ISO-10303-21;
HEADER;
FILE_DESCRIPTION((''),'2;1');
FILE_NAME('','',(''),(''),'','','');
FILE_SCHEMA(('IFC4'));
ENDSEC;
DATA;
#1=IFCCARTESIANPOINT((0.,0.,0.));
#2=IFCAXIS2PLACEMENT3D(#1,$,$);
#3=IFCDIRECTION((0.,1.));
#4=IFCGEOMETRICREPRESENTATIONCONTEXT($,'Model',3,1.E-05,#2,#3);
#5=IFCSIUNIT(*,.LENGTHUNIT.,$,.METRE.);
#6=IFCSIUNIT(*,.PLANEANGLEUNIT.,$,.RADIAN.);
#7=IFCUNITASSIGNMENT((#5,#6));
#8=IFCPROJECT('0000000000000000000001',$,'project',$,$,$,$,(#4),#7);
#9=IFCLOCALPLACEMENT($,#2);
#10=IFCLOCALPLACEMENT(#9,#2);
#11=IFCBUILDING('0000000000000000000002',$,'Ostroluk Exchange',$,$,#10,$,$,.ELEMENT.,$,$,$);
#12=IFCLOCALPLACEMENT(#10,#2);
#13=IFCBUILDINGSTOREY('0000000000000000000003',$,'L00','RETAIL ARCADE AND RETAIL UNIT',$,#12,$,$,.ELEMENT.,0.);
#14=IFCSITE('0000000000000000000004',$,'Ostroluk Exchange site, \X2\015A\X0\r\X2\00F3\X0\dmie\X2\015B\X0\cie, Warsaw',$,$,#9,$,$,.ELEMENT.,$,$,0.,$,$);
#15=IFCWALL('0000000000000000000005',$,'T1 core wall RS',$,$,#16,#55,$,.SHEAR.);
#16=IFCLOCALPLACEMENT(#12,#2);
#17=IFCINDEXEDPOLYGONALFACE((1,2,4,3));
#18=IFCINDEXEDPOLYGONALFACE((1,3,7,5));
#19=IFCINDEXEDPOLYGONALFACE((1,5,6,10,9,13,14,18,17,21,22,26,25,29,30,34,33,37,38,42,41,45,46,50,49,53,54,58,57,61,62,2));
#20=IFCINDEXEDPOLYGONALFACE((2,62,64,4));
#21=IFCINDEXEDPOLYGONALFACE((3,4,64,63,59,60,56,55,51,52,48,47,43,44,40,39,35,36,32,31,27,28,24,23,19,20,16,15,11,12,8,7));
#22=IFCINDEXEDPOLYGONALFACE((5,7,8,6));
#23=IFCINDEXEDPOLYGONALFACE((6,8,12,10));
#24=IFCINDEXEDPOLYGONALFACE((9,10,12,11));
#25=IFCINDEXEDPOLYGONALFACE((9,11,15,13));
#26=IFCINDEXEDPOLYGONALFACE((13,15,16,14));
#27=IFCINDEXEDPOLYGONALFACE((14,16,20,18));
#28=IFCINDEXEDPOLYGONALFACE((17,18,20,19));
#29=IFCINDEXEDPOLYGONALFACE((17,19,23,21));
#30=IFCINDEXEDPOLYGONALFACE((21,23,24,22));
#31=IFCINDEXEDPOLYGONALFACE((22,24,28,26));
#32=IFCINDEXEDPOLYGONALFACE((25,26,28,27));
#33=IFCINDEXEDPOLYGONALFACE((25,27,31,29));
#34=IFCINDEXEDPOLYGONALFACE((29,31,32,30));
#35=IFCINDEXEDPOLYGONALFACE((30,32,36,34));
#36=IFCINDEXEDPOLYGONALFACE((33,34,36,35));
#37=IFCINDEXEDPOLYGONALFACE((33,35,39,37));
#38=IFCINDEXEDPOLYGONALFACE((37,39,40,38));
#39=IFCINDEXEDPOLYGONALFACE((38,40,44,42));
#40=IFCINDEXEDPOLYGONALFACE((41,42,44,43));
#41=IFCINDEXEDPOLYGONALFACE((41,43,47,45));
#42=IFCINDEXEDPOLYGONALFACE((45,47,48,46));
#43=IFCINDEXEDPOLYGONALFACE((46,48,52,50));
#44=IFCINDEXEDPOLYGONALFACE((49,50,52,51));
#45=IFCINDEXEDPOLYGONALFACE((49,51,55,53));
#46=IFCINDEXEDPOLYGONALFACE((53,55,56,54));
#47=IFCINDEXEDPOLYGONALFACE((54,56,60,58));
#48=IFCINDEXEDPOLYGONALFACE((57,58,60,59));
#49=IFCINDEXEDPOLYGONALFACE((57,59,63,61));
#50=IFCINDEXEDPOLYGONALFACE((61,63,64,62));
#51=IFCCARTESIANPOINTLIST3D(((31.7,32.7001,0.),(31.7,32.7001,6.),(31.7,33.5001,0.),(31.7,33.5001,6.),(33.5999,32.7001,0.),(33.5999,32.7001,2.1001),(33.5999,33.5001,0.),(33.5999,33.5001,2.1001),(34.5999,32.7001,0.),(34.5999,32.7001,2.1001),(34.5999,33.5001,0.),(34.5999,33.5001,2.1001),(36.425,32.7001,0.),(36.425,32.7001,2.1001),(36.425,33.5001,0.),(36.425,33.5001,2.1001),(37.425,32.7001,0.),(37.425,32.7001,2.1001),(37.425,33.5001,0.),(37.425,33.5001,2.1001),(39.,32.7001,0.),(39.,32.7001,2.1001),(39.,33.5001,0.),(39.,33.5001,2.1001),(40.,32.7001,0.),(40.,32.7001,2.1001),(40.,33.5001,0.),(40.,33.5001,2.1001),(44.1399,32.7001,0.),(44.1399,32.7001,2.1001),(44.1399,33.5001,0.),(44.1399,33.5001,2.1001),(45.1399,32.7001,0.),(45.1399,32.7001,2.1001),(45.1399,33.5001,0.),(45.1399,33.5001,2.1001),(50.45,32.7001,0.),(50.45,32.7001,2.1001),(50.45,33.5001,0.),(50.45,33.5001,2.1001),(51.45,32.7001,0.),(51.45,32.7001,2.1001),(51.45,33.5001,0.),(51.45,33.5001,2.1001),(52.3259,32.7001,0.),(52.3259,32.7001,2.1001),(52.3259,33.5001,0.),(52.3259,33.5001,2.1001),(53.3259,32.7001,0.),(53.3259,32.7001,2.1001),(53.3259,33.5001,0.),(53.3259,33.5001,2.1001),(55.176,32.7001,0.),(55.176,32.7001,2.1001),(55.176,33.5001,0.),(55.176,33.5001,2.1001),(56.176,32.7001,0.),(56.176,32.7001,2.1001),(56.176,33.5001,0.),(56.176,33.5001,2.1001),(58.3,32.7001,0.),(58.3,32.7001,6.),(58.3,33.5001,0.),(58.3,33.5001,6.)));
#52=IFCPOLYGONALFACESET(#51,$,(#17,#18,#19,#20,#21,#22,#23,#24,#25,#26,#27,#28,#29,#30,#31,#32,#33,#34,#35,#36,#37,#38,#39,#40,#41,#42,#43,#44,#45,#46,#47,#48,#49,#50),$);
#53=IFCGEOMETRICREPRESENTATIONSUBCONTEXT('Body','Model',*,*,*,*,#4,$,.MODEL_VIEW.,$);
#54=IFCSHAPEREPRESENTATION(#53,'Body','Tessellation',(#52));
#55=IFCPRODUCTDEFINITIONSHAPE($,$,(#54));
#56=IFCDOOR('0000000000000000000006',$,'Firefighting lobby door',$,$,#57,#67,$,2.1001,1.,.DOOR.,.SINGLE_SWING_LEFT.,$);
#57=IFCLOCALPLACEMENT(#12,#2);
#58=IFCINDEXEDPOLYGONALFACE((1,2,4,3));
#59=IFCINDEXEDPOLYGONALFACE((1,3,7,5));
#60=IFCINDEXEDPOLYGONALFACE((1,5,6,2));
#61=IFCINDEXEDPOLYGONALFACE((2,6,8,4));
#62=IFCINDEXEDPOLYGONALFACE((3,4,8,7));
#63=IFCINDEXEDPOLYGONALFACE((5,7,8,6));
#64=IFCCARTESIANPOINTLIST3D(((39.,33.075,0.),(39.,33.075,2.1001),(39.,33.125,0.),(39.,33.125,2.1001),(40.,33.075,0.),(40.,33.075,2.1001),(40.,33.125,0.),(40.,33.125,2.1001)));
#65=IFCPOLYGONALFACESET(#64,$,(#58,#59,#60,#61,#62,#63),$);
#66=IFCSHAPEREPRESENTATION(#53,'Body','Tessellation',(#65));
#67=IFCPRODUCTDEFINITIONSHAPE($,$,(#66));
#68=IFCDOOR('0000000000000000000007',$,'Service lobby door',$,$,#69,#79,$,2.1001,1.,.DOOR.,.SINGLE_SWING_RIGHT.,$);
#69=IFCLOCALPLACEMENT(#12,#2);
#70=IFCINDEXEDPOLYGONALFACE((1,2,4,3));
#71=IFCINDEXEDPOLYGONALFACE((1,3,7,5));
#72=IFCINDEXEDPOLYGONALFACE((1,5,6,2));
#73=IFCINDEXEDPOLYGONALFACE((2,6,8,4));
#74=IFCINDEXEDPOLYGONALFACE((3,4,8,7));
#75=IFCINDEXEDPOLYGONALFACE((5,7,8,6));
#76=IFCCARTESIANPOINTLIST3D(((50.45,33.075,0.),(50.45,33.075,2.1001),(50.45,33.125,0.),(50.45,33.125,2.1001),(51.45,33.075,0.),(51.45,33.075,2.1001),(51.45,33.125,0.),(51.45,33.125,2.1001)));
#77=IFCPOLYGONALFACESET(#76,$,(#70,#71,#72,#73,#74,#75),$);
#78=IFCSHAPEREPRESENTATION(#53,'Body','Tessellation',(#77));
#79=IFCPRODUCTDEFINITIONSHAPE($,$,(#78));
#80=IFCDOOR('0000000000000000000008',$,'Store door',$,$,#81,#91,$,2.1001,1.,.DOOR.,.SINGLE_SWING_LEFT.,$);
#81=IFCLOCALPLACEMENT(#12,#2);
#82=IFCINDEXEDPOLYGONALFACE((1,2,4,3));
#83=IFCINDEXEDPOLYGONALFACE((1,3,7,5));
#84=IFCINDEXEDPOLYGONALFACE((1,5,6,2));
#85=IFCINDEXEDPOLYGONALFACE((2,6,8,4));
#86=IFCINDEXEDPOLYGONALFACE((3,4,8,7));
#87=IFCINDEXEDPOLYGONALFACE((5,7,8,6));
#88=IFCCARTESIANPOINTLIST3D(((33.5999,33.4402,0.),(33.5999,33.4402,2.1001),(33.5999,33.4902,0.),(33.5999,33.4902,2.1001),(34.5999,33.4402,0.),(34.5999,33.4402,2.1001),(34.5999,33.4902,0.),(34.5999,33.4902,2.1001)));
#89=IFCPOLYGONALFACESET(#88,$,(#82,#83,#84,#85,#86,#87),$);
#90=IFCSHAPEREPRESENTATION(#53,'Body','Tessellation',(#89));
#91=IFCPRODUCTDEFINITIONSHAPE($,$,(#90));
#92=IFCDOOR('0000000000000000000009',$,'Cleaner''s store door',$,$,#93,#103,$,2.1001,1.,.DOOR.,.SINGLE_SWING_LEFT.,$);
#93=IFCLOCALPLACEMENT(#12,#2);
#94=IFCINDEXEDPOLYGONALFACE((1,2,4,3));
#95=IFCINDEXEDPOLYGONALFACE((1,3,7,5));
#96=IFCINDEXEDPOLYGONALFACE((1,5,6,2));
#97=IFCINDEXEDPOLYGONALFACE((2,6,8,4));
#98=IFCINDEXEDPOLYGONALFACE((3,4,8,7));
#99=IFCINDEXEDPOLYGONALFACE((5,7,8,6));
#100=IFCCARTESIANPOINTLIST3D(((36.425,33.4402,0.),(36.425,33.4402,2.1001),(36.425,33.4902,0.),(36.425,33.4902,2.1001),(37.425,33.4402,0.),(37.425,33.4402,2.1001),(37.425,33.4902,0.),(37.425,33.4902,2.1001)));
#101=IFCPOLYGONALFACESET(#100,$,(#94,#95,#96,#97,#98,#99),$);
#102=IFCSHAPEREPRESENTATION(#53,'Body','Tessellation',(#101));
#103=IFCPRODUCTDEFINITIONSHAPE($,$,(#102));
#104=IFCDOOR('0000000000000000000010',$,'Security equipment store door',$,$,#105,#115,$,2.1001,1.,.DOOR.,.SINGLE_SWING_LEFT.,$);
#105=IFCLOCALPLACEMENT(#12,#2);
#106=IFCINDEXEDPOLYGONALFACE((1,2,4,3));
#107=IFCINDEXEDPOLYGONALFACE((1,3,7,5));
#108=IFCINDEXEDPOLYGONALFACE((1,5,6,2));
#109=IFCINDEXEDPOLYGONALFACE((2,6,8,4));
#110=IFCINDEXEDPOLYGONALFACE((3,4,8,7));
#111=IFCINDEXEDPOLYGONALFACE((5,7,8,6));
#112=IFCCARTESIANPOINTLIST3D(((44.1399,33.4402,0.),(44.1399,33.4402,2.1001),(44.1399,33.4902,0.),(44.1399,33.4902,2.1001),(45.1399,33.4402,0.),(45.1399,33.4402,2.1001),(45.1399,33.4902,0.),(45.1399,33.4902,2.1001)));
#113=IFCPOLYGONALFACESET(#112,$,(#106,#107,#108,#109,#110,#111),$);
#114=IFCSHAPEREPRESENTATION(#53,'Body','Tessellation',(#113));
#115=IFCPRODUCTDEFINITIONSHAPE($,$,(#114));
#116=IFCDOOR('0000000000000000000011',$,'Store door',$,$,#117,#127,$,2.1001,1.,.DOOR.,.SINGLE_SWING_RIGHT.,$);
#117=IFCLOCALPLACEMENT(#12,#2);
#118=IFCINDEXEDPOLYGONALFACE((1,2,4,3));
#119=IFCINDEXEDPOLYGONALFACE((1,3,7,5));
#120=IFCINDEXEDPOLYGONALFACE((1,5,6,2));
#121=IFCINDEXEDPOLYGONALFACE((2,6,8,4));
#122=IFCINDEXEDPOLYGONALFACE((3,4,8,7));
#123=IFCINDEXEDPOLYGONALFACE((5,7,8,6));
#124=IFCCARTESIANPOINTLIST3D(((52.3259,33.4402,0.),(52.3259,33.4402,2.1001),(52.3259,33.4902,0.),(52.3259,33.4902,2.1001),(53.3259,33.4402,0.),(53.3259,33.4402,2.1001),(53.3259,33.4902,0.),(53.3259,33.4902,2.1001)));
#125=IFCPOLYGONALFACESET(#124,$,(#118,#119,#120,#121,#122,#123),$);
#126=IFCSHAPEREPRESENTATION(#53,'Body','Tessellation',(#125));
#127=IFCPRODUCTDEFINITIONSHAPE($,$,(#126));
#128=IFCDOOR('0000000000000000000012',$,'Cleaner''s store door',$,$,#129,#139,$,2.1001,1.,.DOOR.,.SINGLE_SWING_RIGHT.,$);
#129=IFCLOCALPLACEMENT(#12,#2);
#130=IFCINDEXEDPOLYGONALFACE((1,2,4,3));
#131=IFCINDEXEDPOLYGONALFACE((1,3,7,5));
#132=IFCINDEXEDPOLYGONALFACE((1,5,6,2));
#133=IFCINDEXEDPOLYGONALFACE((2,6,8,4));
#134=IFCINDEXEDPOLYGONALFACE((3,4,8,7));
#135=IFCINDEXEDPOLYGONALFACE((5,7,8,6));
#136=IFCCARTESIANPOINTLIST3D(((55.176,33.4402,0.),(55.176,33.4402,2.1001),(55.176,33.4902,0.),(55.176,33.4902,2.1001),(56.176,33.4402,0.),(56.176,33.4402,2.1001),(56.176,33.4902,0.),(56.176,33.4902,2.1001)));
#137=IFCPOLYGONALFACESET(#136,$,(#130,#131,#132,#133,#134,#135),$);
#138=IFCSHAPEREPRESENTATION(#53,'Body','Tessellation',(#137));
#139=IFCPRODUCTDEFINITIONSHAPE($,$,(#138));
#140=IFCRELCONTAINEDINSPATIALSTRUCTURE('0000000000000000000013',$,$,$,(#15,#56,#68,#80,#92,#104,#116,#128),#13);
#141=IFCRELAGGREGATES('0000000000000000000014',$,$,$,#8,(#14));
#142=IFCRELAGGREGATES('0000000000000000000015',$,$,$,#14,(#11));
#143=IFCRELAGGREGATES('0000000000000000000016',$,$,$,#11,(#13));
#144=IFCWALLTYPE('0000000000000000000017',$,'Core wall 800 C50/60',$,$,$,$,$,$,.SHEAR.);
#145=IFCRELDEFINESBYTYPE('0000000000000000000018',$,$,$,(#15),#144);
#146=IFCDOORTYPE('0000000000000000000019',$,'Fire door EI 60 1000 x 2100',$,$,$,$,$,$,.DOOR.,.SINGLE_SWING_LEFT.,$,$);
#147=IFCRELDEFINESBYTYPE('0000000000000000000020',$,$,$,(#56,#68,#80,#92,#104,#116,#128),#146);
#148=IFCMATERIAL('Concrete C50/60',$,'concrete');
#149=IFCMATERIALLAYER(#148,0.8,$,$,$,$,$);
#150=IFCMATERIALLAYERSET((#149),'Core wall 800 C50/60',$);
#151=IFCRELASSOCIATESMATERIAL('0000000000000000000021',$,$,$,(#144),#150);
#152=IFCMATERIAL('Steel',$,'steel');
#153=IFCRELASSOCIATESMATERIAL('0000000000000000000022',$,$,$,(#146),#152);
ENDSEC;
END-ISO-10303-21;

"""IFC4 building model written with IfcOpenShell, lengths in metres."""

from ifc_helpers import new_model, si_unit, direction, frame, frame_2d, origin, place, context, subcontext, project, spatial, rectangle, extrude, material, layer, layer_set, type_object, element, fill, save


model = new_model("IFC4")

# Units and contexts
model_context = context("Model", 3, precision=1e-05, world=origin(), true_north=direction((0.0, 1.0)))
body_context = subcontext(model_context, "Body", "Model", "MODEL_VIEW")
ifc_project = project(units=[si_unit("LENGTHUNIT", "METRE"), si_unit("PLANEANGLEUNIT", "RADIAN")], contexts=[model_context])

# Site, building, storey
site_placement = place(None, origin())
site = spatial("IfcSite", under=ifc_project, at=site_placement, Name="Ostroluk Exchange site, Śródmieście, Warsaw", CompositionType="ELEMENT", RefElevation=0.0)
building_placement = place(site_placement, origin())
building = spatial("IfcBuilding", under=site, at=building_placement, Name="Ostroluk Exchange", CompositionType="ELEMENT")
storey_placement = place(building_placement, origin())
storey = spatial("IfcBuildingStorey", under=building, at=storey_placement, Name="L00", Description="RETAIL ARCADE AND RETAIL UNIT", CompositionType="ELEMENT", Elevation=0.0)

# Wall, openings, doors
ifc_material_1 = material(Name="Concrete C50/60", Category="concrete")
ifc_layer = layer(ifc_material_1, 0.8)
ifc_layer_set = layer_set([ifc_layer], Name="Core wall 800 C50/60")
wall_type = type_object("IfcWallType", Name="Core wall 800 C50/60", PredefinedType="SHEAR", material=ifc_layer_set)
wall_1_placement = place(storey_placement, frame((31.7, 33.1001, 0.0), z_axis=(0.0, 0.0, 1.0), x_axis=(1.0, 0.0, 0.0)))
wall_1 = element("IfcWall", 1, at=wall_1_placement, inside=storey, type_object=wall_type, Name="T1 core wall RS", PredefinedType="SHEAR", context=body_context, shape_type="SweptSolid", body=[
    extrude(rectangle(XDim=26.6001, YDim=0.8, at=frame_2d((13.3, 0.0))), origin(), (0.0, 0.0, 1.0), 6.0),
])
opening_1_placement = place(wall_1_placement, frame((7.3, 0.0, 0.0)))
opening_1 = element("IfcOpeningElement", 2, at=opening_1_placement, cuts=wall_1, PredefinedType="OPENING", context=body_context, shape_type="SweptSolid", body=[
    extrude(rectangle(XDim=1.0, YDim=2.1001, at=frame_2d((0.5, 1.05))), frame((0.0, 0.4099, 0.0), z_axis=(0.0, -1.0, 0.0), x_axis=(1.0, 0.0, 0.0)), (0.0, 0.0, 1.0), 0.8201),
])
opening_2_placement = place(wall_1_placement, frame((18.75, 0.0, 0.0)))
opening_2 = element("IfcOpeningElement", 3, at=opening_2_placement, cuts=wall_1, PredefinedType="OPENING", context=body_context, shape_type="SweptSolid", body=[
    extrude(rectangle(XDim=1.0, YDim=2.1001, at=frame_2d((0.5, 1.05))), frame((0.0, 0.4099, 0.0), z_axis=(0.0, -1.0, 0.0), x_axis=(1.0, 0.0, 0.0)), (0.0, 0.0, 1.0), 0.8201),
])
opening_3_placement = place(wall_1_placement, frame((1.8999, 0.0, 0.0)))
opening_3 = element("IfcOpeningElement", 4, at=opening_3_placement, cuts=wall_1, PredefinedType="OPENING", context=body_context, shape_type="SweptSolid", body=[
    extrude(rectangle(XDim=1.0, YDim=2.1001, at=frame_2d((0.5, 1.05))), frame((0.0, 0.4099, 0.0), z_axis=(0.0, -1.0, 0.0), x_axis=(1.0, 0.0, 0.0)), (0.0, 0.0, 1.0), 0.8201),
])
opening_4_placement = place(wall_1_placement, frame((4.7251, 0.0, 0.0)))
opening_4 = element("IfcOpeningElement", 5, at=opening_4_placement, cuts=wall_1, PredefinedType="OPENING", context=body_context, shape_type="SweptSolid", body=[
    extrude(rectangle(XDim=1.0, YDim=2.1001, at=frame_2d((0.5, 1.05))), frame((0.0, 0.4099, 0.0), z_axis=(0.0, -1.0, 0.0), x_axis=(1.0, 0.0, 0.0)), (0.0, 0.0, 1.0), 0.8201),
])
opening_5_placement = place(wall_1_placement, frame((12.4399, 0.0, 0.0)))
opening_5 = element("IfcOpeningElement", 6, at=opening_5_placement, cuts=wall_1, PredefinedType="OPENING", context=body_context, shape_type="SweptSolid", body=[
    extrude(rectangle(XDim=1.0, YDim=2.1001, at=frame_2d((0.5, 1.05))), frame((0.0, 0.4099, 0.0), z_axis=(0.0, -1.0, 0.0), x_axis=(1.0, 0.0, 0.0)), (0.0, 0.0, 1.0), 0.8201),
])
opening_6_placement = place(wall_1_placement, frame((20.626, 0.0, 0.0)))
opening_6 = element("IfcOpeningElement", 7, at=opening_6_placement, cuts=wall_1, PredefinedType="OPENING", context=body_context, shape_type="SweptSolid", body=[
    extrude(rectangle(XDim=1.0, YDim=2.1001, at=frame_2d((0.5, 1.05))), frame((0.0, 0.4099, 0.0), z_axis=(0.0, -1.0, 0.0), x_axis=(1.0, 0.0, 0.0)), (0.0, 0.0, 1.0), 0.8201),
])
opening_7_placement = place(wall_1_placement, frame((23.4761, 0.0, 0.0)))
opening_7 = element("IfcOpeningElement", 8, at=opening_7_placement, cuts=wall_1, PredefinedType="OPENING", context=body_context, shape_type="SweptSolid", body=[
    extrude(rectangle(XDim=1.0, YDim=2.1001, at=frame_2d((0.5, 1.05))), frame((0.0, 0.4099, 0.0), z_axis=(0.0, -1.0, 0.0), x_axis=(1.0, 0.0, 0.0)), (0.0, 0.0, 1.0), 0.8201),
])
ifc_material_2 = material(Name="Steel", Category="steel")
door_type_1 = type_object("IfcDoorType", Name="Fire door EI 60 1000 x 2100", OperationType="SINGLE_SWING_LEFT", PredefinedType="DOOR", material=ifc_material_2)
door_1_placement = place(opening_1_placement, origin())
door_1 = element("IfcDoor", 9, at=door_1_placement, inside=storey, type_object=door_type_1, Name="Firefighting lobby door", OperationType="SINGLE_SWING_LEFT", OverallHeight=2.1001, OverallWidth=1.0, PredefinedType="DOOR", context=body_context, shape_type="SweptSolid", body=[
    extrude(rectangle(XDim=1.0, YDim=2.1001, at=frame_2d((0.5, 1.05))), frame((0.0, 0.0249, 0.0), z_axis=(0.0, -1.0, 0.0), x_axis=(1.0, 0.0, 0.0)), (0.0, 0.0, 1.0), 0.05),
])
fill(opening_1, door_1)
door_2_placement = place(opening_2_placement, origin())
door_2 = element("IfcDoor", 10, at=door_2_placement, inside=storey, type_object=door_type_1, Name="Service lobby door", OperationType="SINGLE_SWING_RIGHT", OverallHeight=2.1001, OverallWidth=1.0, PredefinedType="DOOR", context=body_context, shape_type="SweptSolid", body=[
    extrude(rectangle(XDim=1.0, YDim=2.1001, at=frame_2d((0.5, 1.05))), frame((0.0, 0.0249, 0.0), z_axis=(0.0, -1.0, 0.0), x_axis=(1.0, 0.0, 0.0)), (0.0, 0.0, 1.0), 0.05),
])
fill(opening_2, door_2)
door_3_placement = place(opening_3_placement, origin())
door_3 = element("IfcDoor", 11, at=door_3_placement, inside=storey, type_object=door_type_1, Name="Store door", OperationType="SINGLE_SWING_LEFT", OverallHeight=2.1001, OverallWidth=1.0, PredefinedType="DOOR", context=body_context, shape_type="SweptSolid", body=[
    extrude(rectangle(XDim=1.0, YDim=2.1001, at=frame_2d((0.5, 1.05))), frame((0.0, 0.3901, 0.0), z_axis=(0.0, -1.0, 0.0), x_axis=(1.0, 0.0, 0.0)), (0.0, 0.0, 1.0), 0.05),
])
fill(opening_3, door_3)
door_4_placement = place(opening_4_placement, origin())
door_4 = element("IfcDoor", 12, at=door_4_placement, inside=storey, type_object=door_type_1, Name="Cleaner's store door", OperationType="SINGLE_SWING_LEFT", OverallHeight=2.1001, OverallWidth=1.0, PredefinedType="DOOR", context=body_context, shape_type="SweptSolid", body=[
    extrude(rectangle(XDim=1.0, YDim=2.1001, at=frame_2d((0.5, 1.05))), frame((0.0, 0.3901, 0.0), z_axis=(0.0, -1.0, 0.0), x_axis=(1.0, 0.0, 0.0)), (0.0, 0.0, 1.0), 0.05),
])
fill(opening_4, door_4)
door_5_placement = place(opening_5_placement, origin())
door_5 = element("IfcDoor", 13, at=door_5_placement, inside=storey, type_object=door_type_1, Name="Security equipment store door", OperationType="SINGLE_SWING_LEFT", OverallHeight=2.1001, OverallWidth=1.0, PredefinedType="DOOR", context=body_context, shape_type="SweptSolid", body=[
    extrude(rectangle(XDim=1.0, YDim=2.1001, at=frame_2d((0.5, 1.05))), frame((0.0, 0.3901, 0.0), z_axis=(0.0, -1.0, 0.0), x_axis=(1.0, 0.0, 0.0)), (0.0, 0.0, 1.0), 0.05),
])
fill(opening_5, door_5)
door_6_placement = place(opening_6_placement, origin())
door_6 = element("IfcDoor", 14, at=door_6_placement, inside=storey, type_object=door_type_1, Name="Store door", OperationType="SINGLE_SWING_RIGHT", OverallHeight=2.1001, OverallWidth=1.0, PredefinedType="DOOR", context=body_context, shape_type="SweptSolid", body=[
    extrude(rectangle(XDim=1.0, YDim=2.1001, at=frame_2d((0.5, 1.05))), frame((0.0, 0.3901, 0.0), z_axis=(0.0, -1.0, 0.0), x_axis=(1.0, 0.0, 0.0)), (0.0, 0.0, 1.0), 0.05),
])
fill(opening_6, door_6)
door_7_placement = place(opening_7_placement, origin())
door_7 = element("IfcDoor", 15, at=door_7_placement, inside=storey, type_object=door_type_1, Name="Cleaner's store door", OperationType="SINGLE_SWING_RIGHT", OverallHeight=2.1001, OverallWidth=1.0, PredefinedType="DOOR", context=body_context, shape_type="SweptSolid", body=[
    extrude(rectangle(XDim=1.0, YDim=2.1001, at=frame_2d((0.5, 1.05))), frame((0.0, 0.3901, 0.0), z_axis=(0.0, -1.0, 0.0), x_axis=(1.0, 0.0, 0.0)), (0.0, 0.0, 1.0), 0.05),
])
fill(opening_7, door_7)

save(model, "model.ifc")
